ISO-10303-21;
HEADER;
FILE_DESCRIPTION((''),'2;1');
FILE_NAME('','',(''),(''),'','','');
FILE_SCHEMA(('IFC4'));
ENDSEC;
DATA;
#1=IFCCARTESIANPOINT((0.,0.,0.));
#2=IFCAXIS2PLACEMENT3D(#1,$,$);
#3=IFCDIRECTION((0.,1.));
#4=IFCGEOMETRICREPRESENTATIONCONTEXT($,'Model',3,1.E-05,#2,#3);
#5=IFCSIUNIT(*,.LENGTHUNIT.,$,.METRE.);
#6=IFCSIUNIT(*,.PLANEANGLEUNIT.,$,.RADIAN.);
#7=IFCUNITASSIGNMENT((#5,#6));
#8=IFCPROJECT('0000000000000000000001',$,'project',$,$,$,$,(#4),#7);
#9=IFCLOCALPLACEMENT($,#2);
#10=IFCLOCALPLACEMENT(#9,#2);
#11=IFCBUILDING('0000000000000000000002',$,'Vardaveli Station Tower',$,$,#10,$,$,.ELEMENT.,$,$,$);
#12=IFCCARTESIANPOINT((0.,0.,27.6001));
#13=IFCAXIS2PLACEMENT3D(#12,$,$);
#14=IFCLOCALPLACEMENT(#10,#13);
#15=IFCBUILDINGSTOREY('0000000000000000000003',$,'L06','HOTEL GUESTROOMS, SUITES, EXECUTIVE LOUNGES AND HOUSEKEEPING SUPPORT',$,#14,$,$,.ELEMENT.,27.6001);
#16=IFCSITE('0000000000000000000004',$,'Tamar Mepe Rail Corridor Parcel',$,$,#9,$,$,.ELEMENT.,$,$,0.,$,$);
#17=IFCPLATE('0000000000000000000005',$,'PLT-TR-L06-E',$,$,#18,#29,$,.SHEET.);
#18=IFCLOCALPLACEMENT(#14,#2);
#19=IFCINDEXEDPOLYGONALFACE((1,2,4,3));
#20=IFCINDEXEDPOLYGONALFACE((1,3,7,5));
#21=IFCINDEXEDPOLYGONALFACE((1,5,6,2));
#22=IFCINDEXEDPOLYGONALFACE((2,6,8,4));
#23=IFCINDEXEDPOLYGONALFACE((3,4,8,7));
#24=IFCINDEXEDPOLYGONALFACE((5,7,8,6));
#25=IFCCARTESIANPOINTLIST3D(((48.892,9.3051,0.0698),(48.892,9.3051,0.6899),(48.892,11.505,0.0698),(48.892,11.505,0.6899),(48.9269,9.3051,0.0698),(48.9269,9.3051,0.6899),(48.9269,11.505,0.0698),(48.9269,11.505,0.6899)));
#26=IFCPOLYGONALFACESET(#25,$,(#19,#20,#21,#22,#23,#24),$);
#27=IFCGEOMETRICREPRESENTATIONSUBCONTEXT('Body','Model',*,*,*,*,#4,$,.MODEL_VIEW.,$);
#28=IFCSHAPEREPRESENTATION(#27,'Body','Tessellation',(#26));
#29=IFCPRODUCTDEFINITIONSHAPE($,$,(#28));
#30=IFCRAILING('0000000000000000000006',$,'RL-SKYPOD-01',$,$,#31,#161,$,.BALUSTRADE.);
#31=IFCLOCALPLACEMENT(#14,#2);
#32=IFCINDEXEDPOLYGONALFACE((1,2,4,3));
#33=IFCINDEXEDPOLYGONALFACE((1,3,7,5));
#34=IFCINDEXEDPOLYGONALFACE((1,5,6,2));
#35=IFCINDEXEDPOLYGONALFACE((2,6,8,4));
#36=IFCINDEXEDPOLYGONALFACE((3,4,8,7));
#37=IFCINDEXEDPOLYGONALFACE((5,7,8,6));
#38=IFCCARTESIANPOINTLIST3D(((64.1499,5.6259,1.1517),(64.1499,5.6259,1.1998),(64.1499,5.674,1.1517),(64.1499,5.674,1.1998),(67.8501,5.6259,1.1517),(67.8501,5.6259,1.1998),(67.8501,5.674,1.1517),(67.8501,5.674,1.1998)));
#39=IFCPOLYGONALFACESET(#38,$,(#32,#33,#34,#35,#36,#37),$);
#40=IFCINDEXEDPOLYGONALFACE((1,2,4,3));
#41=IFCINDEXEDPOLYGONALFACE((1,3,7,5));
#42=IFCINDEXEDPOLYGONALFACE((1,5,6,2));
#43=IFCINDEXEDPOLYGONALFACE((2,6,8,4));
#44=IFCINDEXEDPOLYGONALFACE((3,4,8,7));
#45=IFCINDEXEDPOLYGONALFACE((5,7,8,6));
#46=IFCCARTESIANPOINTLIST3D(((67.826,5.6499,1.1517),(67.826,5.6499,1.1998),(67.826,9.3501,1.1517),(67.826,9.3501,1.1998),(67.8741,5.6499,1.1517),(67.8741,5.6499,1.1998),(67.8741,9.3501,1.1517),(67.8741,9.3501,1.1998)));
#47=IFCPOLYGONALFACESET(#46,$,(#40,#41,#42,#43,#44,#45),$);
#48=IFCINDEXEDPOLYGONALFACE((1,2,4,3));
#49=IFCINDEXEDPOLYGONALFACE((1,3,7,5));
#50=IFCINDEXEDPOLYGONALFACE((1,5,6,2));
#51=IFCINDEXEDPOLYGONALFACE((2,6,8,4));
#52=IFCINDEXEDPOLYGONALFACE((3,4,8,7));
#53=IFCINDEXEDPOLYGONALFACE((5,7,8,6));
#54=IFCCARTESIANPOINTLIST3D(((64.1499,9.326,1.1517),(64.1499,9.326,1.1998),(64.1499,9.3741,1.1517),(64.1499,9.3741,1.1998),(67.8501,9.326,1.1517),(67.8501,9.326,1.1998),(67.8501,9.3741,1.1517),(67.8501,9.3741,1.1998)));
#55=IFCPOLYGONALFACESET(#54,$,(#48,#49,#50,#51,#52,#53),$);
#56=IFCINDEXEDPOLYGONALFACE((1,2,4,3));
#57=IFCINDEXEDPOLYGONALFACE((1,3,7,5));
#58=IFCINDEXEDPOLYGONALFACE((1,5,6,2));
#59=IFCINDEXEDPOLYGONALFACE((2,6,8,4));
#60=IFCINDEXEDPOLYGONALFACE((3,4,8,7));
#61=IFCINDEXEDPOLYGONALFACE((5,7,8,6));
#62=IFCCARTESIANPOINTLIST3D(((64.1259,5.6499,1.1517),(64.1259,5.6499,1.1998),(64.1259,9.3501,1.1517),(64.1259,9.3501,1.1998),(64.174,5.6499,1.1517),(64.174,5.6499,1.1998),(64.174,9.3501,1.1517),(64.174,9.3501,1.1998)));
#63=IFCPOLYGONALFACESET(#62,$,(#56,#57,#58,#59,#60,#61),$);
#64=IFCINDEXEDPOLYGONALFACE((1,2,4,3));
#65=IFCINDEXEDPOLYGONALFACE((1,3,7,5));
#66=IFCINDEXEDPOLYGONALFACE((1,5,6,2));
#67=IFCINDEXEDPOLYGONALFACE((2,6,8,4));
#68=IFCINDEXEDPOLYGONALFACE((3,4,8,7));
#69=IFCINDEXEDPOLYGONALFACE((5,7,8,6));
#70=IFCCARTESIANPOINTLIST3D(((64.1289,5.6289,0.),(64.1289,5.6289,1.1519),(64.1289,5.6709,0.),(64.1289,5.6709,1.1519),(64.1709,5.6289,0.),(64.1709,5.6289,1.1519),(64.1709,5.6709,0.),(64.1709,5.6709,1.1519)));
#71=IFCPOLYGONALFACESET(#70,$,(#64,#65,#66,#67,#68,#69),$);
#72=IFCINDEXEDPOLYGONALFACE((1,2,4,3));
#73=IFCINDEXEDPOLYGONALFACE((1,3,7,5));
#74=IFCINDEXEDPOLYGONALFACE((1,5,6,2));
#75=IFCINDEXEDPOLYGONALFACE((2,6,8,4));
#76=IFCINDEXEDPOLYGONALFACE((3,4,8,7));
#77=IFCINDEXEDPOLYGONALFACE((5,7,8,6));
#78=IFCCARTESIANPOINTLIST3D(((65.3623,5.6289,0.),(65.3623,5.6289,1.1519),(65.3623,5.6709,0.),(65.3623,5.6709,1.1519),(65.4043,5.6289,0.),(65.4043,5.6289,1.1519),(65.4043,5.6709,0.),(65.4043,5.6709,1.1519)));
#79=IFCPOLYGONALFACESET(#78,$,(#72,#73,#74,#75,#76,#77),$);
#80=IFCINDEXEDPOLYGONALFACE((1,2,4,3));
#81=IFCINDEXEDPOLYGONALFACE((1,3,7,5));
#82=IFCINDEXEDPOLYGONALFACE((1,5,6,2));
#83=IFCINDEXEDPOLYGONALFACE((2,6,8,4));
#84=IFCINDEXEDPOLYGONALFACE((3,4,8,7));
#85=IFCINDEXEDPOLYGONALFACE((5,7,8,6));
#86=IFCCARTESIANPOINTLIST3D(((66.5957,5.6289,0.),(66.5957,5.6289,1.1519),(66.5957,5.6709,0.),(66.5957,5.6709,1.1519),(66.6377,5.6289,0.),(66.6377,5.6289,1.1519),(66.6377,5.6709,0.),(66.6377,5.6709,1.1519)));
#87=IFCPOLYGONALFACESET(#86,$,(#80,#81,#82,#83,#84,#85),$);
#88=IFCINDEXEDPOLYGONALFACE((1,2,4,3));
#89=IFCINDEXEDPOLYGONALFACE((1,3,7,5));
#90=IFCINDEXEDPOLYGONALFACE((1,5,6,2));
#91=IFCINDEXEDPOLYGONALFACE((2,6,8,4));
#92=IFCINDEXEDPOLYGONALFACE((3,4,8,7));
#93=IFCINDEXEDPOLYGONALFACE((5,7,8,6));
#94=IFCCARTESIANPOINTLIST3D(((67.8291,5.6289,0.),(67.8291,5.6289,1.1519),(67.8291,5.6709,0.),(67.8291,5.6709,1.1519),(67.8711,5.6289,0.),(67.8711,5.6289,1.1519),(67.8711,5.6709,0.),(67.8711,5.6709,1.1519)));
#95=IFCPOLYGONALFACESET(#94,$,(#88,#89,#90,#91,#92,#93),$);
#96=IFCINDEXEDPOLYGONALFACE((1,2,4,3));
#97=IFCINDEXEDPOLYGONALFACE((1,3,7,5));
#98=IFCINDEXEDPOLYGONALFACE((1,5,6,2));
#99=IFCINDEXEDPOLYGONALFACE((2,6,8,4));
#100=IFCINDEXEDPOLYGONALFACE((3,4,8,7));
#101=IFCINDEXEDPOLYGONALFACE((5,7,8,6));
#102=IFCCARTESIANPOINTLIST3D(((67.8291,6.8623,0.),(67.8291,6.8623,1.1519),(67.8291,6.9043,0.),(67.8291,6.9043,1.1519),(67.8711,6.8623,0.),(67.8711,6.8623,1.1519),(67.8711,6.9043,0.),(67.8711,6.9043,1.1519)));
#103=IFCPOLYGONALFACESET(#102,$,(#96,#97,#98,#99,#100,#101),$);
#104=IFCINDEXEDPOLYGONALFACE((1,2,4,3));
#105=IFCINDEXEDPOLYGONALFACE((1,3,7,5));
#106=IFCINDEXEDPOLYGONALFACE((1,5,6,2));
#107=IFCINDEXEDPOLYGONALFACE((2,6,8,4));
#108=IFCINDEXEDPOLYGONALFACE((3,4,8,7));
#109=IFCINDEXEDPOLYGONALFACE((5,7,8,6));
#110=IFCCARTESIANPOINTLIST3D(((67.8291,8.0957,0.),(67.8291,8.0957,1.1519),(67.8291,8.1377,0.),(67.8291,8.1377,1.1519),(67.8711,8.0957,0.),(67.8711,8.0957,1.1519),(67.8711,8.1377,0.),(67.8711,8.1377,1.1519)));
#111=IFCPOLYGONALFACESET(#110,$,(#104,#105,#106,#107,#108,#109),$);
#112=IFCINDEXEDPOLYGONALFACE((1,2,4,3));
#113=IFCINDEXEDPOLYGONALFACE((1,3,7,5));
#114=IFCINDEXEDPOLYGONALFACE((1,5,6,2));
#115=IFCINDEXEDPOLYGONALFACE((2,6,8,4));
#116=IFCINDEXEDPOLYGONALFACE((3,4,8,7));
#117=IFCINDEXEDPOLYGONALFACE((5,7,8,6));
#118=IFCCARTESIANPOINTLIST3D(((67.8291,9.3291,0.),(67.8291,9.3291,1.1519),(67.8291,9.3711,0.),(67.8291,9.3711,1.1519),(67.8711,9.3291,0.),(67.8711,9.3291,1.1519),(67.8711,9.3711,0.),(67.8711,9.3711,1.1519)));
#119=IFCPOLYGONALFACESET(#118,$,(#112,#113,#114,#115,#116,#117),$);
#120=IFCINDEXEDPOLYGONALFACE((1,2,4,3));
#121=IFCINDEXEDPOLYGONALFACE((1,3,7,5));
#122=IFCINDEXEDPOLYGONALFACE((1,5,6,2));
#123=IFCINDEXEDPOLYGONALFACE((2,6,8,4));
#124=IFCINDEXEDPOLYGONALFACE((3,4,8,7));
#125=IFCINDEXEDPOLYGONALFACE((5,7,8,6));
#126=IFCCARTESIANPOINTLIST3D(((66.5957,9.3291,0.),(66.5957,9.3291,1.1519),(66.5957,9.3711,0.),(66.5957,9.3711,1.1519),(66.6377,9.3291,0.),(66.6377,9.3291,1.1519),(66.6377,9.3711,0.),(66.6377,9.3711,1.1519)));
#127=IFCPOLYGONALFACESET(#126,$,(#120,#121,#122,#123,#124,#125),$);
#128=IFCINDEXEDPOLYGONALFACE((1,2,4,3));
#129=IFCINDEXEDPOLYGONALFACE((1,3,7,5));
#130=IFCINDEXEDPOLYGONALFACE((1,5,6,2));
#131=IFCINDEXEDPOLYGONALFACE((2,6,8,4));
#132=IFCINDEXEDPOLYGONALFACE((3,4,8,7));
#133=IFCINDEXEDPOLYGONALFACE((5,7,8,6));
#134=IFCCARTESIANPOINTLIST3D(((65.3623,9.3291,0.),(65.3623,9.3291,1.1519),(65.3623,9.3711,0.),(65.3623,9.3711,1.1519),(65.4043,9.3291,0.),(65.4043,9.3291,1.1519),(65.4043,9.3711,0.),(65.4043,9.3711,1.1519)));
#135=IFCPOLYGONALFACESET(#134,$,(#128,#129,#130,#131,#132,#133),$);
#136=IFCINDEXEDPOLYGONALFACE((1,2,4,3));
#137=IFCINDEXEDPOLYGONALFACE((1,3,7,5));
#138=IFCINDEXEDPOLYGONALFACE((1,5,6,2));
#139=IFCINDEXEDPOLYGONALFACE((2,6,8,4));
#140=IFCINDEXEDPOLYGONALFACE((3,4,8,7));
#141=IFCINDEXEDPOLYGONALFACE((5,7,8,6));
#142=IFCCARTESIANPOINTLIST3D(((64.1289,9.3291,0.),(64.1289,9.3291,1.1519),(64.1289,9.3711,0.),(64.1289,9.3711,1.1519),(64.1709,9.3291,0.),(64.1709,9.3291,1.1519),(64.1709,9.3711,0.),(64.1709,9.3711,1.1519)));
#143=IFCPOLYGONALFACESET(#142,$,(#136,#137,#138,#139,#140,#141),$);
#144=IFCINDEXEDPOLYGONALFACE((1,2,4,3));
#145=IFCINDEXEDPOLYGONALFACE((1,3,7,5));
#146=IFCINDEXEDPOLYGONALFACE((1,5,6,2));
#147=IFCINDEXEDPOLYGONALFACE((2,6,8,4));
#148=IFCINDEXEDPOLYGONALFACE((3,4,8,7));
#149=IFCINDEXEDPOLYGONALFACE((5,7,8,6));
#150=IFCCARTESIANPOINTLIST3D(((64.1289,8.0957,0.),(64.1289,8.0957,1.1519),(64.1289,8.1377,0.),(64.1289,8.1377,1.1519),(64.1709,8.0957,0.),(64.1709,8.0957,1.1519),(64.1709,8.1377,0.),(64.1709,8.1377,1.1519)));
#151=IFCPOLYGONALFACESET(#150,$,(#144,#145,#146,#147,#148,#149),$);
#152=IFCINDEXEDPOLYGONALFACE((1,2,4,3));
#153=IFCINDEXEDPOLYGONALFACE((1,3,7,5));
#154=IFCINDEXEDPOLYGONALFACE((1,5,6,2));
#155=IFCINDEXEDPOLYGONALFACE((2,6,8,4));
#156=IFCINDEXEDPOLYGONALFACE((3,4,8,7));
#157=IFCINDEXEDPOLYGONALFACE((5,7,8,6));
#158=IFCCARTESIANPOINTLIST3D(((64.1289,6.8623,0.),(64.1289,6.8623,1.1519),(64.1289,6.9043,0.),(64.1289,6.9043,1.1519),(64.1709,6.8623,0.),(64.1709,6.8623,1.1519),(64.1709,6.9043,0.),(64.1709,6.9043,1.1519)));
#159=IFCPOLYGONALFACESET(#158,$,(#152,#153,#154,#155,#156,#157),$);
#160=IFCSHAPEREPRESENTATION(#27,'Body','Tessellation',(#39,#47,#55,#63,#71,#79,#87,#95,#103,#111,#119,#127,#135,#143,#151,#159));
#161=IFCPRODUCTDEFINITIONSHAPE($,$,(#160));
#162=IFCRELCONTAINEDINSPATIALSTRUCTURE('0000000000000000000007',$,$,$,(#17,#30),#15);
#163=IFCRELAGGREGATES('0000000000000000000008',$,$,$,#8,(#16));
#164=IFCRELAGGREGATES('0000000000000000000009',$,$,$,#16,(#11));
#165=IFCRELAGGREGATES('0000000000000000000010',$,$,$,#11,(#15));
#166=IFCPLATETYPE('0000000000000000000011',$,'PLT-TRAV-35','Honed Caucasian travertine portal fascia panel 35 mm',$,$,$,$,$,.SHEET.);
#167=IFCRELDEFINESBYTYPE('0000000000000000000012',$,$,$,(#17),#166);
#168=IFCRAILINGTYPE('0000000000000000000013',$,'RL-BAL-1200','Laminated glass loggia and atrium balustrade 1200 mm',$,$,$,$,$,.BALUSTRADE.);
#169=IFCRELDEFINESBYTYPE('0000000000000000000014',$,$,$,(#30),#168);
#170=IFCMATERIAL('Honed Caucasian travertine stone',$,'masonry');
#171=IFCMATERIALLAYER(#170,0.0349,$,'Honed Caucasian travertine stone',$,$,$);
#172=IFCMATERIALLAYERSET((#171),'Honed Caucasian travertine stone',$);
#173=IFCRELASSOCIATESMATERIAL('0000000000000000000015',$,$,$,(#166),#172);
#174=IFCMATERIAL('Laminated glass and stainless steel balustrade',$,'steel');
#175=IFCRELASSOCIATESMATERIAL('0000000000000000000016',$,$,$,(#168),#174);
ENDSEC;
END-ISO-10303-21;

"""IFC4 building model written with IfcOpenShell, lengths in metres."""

from ifc_helpers import new_model, si_unit, direction, frame, origin, origin_2d, place, context, subcontext, project, spatial, rectangle, extrude, source, transform, mapped, material, layer, layer_set, type_object, element, save


model = new_model("IFC4")

# Units and contexts
model_context = context("Model", 3, precision=1e-05, world=origin(), true_north=direction((0.0, 1.0)))
body_context = subcontext(model_context, "Body", "Model", "MODEL_VIEW")
ifc_project = project(units=[si_unit("LENGTHUNIT", "METRE"), si_unit("PLANEANGLEUNIT", "RADIAN")], contexts=[model_context])

# Site, building, storey
site_placement = place(None, origin())
site = spatial("IfcSite", under=ifc_project, at=site_placement, Name="Tamar Mepe Rail Corridor Parcel", CompositionType="ELEMENT", RefElevation=0.0)
building_placement = place(site_placement, origin())
building = spatial("IfcBuilding", under=site, at=building_placement, Name="Vardaveli Station Tower", CompositionType="ELEMENT")
storey_placement = place(building_placement, frame((0.0, 0.0, 27.6001)))
storey = spatial("IfcBuildingStorey", under=building, at=storey_placement, Name="L06", Description="HOTEL GUESTROOMS, SUITES, EXECUTIVE LOUNGES AND HOUSEKEEPING SUPPORT", CompositionType="ELEMENT", Elevation=27.6001)

# Plate
ifc_material_1 = material(Name="Honed Caucasian travertine stone", Category="masonry")
ifc_layer_1 = layer(ifc_material_1, 0.0349, Name="Honed Caucasian travertine stone")
ifc_layer_set_1 = layer_set([ifc_layer_1], Name="Honed Caucasian travertine stone")
plate_type_1 = type_object("IfcPlateType", Name="PLT-TRAV-35", Description="Honed Caucasian travertine portal fascia panel 35 mm", PredefinedType="SHEET", material=ifc_layer_set_1)
shared_shape_1 = source(origin(), body_context, "Body", "SweptSolid", [
    extrude(rectangle(XDim=2.2, YDim=0.0349, at=origin_2d()), origin(), (0.0, 0.0, 1.0), 0.6201),
])
plate_1_placement = place(storey_placement, frame((48.9094, 10.405, 0.0698), z_axis=(0.0, 0.0, 1.0), x_axis=(0.0, 1.0, 0.0)))
element("IfcPlate", 1, at=plate_1_placement, inside=storey, type_object=plate_type_1, Name="PLT-TR-L06-E", PredefinedType="SHEET", context=body_context, shape_type="MappedRepresentation", body=[
    mapped(shared_shape_1, transform((0.0, 0.0, 0.0), scale=1.0)),
])

# Railing
ifc_material_2 = material(Name="Laminated glass and stainless steel balustrade", Category="steel")
railing_type = type_object("IfcRailingType", Name="RL-BAL-1200", Description="Laminated glass loggia and atrium balustrade 1200 mm", PredefinedType="BALUSTRADE", material=ifc_material_2)
shared_shape_2 = source(origin(), body_context, "Body", "SweptSolid", [
    extrude(rectangle(XDim=0.0481, YDim=0.0481, at=origin_2d()), frame((0.0, 0.0, 1.1758), z_axis=(1.0, 0.0, 0.0), x_axis=(0.0, 1.0, 0.0)), (0.0, 0.0, 1.0), 3.7002),
    extrude(rectangle(XDim=0.0481, YDim=0.0481, at=origin_2d()), frame((3.7002, 0.0, 1.1758), z_axis=(0.0, 1.0, 0.0), x_axis=(-1.0, 0.0, 0.0)), (0.0, 0.0, 1.0), 3.7002),
    extrude(rectangle(XDim=0.0481, YDim=0.0481, at=origin_2d()), frame((3.7002, 3.7002, 1.1758), z_axis=(-1.0, 0.0, 0.0), x_axis=(0.0, -1.0, 0.0)), (0.0, 0.0, 1.0), 3.7002),
    extrude(rectangle(XDim=0.0481, YDim=0.0481, at=origin_2d()), frame((0.0, 3.7002, 1.1758), z_axis=(0.0, -1.0, 0.0), x_axis=(1.0, 0.0, 0.0)), (0.0, 0.0, 1.0), 3.7002),
    extrude(rectangle(XDim=0.042, YDim=0.042, at=origin_2d()), origin(), (0.0, 0.0, 1.0), 1.1519),
    extrude(rectangle(XDim=0.042, YDim=0.042, at=origin_2d()), frame((1.2334, 0.0, 0.0)), (0.0, 0.0, 1.0), 1.1519),
    extrude(rectangle(XDim=0.042, YDim=0.042, at=origin_2d()), frame((2.4668, 0.0, 0.0)), (0.0, 0.0, 1.0), 1.1519),
    extrude(rectangle(XDim=0.042, YDim=0.042, at=origin_2d()), frame((3.7002, 0.0, 0.0)), (0.0, 0.0, 1.0), 1.1519),
    extrude(rectangle(XDim=0.042, YDim=0.042, at=origin_2d()), frame((3.7002, 1.2334, 0.0)), (0.0, 0.0, 1.0), 1.1519),
    extrude(rectangle(XDim=0.042, YDim=0.042, at=origin_2d()), frame((3.7002, 2.4668, 0.0)), (0.0, 0.0, 1.0), 1.1519),
    extrude(rectangle(XDim=0.042, YDim=0.042, at=origin_2d()), frame((3.7002, 3.7002, 0.0)), (0.0, 0.0, 1.0), 1.1519),
    extrude(rectangle(XDim=0.042, YDim=0.042, at=origin_2d()), frame((2.4668, 3.7002, 0.0)), (0.0, 0.0, 1.0), 1.1519),
    extrude(rectangle(XDim=0.042, YDim=0.042, at=origin_2d()), frame((1.2334, 3.7002, 0.0)), (0.0, 0.0, 1.0), 1.1519),
    extrude(rectangle(XDim=0.042, YDim=0.042, at=origin_2d()), frame((0.0, 3.7002, 0.0)), (0.0, 0.0, 1.0), 1.1519),
    extrude(rectangle(XDim=0.042, YDim=0.042, at=origin_2d()), frame((0.0, 2.4668, 0.0)), (0.0, 0.0, 1.0), 1.1519),
    extrude(rectangle(XDim=0.042, YDim=0.042, at=origin_2d()), frame((0.0, 1.2334, 0.0)), (0.0, 0.0, 1.0), 1.1519),
])
for number, where, name in (
    (2, (64.1499, 5.6499, 0.0), "RL-SKYPOD-01"),
):
    element("IfcRailing", number, at=place(storey_placement, frame(where)), inside=storey, type_object=railing_type, Name=name, PredefinedType="BALUSTRADE", context=body_context, shape_type="MappedRepresentation", body=[
        mapped(shared_shape_2, transform((0.0, 0.0, 0.0), scale=1.0)),
    ])

save(model, "model.ifc")
